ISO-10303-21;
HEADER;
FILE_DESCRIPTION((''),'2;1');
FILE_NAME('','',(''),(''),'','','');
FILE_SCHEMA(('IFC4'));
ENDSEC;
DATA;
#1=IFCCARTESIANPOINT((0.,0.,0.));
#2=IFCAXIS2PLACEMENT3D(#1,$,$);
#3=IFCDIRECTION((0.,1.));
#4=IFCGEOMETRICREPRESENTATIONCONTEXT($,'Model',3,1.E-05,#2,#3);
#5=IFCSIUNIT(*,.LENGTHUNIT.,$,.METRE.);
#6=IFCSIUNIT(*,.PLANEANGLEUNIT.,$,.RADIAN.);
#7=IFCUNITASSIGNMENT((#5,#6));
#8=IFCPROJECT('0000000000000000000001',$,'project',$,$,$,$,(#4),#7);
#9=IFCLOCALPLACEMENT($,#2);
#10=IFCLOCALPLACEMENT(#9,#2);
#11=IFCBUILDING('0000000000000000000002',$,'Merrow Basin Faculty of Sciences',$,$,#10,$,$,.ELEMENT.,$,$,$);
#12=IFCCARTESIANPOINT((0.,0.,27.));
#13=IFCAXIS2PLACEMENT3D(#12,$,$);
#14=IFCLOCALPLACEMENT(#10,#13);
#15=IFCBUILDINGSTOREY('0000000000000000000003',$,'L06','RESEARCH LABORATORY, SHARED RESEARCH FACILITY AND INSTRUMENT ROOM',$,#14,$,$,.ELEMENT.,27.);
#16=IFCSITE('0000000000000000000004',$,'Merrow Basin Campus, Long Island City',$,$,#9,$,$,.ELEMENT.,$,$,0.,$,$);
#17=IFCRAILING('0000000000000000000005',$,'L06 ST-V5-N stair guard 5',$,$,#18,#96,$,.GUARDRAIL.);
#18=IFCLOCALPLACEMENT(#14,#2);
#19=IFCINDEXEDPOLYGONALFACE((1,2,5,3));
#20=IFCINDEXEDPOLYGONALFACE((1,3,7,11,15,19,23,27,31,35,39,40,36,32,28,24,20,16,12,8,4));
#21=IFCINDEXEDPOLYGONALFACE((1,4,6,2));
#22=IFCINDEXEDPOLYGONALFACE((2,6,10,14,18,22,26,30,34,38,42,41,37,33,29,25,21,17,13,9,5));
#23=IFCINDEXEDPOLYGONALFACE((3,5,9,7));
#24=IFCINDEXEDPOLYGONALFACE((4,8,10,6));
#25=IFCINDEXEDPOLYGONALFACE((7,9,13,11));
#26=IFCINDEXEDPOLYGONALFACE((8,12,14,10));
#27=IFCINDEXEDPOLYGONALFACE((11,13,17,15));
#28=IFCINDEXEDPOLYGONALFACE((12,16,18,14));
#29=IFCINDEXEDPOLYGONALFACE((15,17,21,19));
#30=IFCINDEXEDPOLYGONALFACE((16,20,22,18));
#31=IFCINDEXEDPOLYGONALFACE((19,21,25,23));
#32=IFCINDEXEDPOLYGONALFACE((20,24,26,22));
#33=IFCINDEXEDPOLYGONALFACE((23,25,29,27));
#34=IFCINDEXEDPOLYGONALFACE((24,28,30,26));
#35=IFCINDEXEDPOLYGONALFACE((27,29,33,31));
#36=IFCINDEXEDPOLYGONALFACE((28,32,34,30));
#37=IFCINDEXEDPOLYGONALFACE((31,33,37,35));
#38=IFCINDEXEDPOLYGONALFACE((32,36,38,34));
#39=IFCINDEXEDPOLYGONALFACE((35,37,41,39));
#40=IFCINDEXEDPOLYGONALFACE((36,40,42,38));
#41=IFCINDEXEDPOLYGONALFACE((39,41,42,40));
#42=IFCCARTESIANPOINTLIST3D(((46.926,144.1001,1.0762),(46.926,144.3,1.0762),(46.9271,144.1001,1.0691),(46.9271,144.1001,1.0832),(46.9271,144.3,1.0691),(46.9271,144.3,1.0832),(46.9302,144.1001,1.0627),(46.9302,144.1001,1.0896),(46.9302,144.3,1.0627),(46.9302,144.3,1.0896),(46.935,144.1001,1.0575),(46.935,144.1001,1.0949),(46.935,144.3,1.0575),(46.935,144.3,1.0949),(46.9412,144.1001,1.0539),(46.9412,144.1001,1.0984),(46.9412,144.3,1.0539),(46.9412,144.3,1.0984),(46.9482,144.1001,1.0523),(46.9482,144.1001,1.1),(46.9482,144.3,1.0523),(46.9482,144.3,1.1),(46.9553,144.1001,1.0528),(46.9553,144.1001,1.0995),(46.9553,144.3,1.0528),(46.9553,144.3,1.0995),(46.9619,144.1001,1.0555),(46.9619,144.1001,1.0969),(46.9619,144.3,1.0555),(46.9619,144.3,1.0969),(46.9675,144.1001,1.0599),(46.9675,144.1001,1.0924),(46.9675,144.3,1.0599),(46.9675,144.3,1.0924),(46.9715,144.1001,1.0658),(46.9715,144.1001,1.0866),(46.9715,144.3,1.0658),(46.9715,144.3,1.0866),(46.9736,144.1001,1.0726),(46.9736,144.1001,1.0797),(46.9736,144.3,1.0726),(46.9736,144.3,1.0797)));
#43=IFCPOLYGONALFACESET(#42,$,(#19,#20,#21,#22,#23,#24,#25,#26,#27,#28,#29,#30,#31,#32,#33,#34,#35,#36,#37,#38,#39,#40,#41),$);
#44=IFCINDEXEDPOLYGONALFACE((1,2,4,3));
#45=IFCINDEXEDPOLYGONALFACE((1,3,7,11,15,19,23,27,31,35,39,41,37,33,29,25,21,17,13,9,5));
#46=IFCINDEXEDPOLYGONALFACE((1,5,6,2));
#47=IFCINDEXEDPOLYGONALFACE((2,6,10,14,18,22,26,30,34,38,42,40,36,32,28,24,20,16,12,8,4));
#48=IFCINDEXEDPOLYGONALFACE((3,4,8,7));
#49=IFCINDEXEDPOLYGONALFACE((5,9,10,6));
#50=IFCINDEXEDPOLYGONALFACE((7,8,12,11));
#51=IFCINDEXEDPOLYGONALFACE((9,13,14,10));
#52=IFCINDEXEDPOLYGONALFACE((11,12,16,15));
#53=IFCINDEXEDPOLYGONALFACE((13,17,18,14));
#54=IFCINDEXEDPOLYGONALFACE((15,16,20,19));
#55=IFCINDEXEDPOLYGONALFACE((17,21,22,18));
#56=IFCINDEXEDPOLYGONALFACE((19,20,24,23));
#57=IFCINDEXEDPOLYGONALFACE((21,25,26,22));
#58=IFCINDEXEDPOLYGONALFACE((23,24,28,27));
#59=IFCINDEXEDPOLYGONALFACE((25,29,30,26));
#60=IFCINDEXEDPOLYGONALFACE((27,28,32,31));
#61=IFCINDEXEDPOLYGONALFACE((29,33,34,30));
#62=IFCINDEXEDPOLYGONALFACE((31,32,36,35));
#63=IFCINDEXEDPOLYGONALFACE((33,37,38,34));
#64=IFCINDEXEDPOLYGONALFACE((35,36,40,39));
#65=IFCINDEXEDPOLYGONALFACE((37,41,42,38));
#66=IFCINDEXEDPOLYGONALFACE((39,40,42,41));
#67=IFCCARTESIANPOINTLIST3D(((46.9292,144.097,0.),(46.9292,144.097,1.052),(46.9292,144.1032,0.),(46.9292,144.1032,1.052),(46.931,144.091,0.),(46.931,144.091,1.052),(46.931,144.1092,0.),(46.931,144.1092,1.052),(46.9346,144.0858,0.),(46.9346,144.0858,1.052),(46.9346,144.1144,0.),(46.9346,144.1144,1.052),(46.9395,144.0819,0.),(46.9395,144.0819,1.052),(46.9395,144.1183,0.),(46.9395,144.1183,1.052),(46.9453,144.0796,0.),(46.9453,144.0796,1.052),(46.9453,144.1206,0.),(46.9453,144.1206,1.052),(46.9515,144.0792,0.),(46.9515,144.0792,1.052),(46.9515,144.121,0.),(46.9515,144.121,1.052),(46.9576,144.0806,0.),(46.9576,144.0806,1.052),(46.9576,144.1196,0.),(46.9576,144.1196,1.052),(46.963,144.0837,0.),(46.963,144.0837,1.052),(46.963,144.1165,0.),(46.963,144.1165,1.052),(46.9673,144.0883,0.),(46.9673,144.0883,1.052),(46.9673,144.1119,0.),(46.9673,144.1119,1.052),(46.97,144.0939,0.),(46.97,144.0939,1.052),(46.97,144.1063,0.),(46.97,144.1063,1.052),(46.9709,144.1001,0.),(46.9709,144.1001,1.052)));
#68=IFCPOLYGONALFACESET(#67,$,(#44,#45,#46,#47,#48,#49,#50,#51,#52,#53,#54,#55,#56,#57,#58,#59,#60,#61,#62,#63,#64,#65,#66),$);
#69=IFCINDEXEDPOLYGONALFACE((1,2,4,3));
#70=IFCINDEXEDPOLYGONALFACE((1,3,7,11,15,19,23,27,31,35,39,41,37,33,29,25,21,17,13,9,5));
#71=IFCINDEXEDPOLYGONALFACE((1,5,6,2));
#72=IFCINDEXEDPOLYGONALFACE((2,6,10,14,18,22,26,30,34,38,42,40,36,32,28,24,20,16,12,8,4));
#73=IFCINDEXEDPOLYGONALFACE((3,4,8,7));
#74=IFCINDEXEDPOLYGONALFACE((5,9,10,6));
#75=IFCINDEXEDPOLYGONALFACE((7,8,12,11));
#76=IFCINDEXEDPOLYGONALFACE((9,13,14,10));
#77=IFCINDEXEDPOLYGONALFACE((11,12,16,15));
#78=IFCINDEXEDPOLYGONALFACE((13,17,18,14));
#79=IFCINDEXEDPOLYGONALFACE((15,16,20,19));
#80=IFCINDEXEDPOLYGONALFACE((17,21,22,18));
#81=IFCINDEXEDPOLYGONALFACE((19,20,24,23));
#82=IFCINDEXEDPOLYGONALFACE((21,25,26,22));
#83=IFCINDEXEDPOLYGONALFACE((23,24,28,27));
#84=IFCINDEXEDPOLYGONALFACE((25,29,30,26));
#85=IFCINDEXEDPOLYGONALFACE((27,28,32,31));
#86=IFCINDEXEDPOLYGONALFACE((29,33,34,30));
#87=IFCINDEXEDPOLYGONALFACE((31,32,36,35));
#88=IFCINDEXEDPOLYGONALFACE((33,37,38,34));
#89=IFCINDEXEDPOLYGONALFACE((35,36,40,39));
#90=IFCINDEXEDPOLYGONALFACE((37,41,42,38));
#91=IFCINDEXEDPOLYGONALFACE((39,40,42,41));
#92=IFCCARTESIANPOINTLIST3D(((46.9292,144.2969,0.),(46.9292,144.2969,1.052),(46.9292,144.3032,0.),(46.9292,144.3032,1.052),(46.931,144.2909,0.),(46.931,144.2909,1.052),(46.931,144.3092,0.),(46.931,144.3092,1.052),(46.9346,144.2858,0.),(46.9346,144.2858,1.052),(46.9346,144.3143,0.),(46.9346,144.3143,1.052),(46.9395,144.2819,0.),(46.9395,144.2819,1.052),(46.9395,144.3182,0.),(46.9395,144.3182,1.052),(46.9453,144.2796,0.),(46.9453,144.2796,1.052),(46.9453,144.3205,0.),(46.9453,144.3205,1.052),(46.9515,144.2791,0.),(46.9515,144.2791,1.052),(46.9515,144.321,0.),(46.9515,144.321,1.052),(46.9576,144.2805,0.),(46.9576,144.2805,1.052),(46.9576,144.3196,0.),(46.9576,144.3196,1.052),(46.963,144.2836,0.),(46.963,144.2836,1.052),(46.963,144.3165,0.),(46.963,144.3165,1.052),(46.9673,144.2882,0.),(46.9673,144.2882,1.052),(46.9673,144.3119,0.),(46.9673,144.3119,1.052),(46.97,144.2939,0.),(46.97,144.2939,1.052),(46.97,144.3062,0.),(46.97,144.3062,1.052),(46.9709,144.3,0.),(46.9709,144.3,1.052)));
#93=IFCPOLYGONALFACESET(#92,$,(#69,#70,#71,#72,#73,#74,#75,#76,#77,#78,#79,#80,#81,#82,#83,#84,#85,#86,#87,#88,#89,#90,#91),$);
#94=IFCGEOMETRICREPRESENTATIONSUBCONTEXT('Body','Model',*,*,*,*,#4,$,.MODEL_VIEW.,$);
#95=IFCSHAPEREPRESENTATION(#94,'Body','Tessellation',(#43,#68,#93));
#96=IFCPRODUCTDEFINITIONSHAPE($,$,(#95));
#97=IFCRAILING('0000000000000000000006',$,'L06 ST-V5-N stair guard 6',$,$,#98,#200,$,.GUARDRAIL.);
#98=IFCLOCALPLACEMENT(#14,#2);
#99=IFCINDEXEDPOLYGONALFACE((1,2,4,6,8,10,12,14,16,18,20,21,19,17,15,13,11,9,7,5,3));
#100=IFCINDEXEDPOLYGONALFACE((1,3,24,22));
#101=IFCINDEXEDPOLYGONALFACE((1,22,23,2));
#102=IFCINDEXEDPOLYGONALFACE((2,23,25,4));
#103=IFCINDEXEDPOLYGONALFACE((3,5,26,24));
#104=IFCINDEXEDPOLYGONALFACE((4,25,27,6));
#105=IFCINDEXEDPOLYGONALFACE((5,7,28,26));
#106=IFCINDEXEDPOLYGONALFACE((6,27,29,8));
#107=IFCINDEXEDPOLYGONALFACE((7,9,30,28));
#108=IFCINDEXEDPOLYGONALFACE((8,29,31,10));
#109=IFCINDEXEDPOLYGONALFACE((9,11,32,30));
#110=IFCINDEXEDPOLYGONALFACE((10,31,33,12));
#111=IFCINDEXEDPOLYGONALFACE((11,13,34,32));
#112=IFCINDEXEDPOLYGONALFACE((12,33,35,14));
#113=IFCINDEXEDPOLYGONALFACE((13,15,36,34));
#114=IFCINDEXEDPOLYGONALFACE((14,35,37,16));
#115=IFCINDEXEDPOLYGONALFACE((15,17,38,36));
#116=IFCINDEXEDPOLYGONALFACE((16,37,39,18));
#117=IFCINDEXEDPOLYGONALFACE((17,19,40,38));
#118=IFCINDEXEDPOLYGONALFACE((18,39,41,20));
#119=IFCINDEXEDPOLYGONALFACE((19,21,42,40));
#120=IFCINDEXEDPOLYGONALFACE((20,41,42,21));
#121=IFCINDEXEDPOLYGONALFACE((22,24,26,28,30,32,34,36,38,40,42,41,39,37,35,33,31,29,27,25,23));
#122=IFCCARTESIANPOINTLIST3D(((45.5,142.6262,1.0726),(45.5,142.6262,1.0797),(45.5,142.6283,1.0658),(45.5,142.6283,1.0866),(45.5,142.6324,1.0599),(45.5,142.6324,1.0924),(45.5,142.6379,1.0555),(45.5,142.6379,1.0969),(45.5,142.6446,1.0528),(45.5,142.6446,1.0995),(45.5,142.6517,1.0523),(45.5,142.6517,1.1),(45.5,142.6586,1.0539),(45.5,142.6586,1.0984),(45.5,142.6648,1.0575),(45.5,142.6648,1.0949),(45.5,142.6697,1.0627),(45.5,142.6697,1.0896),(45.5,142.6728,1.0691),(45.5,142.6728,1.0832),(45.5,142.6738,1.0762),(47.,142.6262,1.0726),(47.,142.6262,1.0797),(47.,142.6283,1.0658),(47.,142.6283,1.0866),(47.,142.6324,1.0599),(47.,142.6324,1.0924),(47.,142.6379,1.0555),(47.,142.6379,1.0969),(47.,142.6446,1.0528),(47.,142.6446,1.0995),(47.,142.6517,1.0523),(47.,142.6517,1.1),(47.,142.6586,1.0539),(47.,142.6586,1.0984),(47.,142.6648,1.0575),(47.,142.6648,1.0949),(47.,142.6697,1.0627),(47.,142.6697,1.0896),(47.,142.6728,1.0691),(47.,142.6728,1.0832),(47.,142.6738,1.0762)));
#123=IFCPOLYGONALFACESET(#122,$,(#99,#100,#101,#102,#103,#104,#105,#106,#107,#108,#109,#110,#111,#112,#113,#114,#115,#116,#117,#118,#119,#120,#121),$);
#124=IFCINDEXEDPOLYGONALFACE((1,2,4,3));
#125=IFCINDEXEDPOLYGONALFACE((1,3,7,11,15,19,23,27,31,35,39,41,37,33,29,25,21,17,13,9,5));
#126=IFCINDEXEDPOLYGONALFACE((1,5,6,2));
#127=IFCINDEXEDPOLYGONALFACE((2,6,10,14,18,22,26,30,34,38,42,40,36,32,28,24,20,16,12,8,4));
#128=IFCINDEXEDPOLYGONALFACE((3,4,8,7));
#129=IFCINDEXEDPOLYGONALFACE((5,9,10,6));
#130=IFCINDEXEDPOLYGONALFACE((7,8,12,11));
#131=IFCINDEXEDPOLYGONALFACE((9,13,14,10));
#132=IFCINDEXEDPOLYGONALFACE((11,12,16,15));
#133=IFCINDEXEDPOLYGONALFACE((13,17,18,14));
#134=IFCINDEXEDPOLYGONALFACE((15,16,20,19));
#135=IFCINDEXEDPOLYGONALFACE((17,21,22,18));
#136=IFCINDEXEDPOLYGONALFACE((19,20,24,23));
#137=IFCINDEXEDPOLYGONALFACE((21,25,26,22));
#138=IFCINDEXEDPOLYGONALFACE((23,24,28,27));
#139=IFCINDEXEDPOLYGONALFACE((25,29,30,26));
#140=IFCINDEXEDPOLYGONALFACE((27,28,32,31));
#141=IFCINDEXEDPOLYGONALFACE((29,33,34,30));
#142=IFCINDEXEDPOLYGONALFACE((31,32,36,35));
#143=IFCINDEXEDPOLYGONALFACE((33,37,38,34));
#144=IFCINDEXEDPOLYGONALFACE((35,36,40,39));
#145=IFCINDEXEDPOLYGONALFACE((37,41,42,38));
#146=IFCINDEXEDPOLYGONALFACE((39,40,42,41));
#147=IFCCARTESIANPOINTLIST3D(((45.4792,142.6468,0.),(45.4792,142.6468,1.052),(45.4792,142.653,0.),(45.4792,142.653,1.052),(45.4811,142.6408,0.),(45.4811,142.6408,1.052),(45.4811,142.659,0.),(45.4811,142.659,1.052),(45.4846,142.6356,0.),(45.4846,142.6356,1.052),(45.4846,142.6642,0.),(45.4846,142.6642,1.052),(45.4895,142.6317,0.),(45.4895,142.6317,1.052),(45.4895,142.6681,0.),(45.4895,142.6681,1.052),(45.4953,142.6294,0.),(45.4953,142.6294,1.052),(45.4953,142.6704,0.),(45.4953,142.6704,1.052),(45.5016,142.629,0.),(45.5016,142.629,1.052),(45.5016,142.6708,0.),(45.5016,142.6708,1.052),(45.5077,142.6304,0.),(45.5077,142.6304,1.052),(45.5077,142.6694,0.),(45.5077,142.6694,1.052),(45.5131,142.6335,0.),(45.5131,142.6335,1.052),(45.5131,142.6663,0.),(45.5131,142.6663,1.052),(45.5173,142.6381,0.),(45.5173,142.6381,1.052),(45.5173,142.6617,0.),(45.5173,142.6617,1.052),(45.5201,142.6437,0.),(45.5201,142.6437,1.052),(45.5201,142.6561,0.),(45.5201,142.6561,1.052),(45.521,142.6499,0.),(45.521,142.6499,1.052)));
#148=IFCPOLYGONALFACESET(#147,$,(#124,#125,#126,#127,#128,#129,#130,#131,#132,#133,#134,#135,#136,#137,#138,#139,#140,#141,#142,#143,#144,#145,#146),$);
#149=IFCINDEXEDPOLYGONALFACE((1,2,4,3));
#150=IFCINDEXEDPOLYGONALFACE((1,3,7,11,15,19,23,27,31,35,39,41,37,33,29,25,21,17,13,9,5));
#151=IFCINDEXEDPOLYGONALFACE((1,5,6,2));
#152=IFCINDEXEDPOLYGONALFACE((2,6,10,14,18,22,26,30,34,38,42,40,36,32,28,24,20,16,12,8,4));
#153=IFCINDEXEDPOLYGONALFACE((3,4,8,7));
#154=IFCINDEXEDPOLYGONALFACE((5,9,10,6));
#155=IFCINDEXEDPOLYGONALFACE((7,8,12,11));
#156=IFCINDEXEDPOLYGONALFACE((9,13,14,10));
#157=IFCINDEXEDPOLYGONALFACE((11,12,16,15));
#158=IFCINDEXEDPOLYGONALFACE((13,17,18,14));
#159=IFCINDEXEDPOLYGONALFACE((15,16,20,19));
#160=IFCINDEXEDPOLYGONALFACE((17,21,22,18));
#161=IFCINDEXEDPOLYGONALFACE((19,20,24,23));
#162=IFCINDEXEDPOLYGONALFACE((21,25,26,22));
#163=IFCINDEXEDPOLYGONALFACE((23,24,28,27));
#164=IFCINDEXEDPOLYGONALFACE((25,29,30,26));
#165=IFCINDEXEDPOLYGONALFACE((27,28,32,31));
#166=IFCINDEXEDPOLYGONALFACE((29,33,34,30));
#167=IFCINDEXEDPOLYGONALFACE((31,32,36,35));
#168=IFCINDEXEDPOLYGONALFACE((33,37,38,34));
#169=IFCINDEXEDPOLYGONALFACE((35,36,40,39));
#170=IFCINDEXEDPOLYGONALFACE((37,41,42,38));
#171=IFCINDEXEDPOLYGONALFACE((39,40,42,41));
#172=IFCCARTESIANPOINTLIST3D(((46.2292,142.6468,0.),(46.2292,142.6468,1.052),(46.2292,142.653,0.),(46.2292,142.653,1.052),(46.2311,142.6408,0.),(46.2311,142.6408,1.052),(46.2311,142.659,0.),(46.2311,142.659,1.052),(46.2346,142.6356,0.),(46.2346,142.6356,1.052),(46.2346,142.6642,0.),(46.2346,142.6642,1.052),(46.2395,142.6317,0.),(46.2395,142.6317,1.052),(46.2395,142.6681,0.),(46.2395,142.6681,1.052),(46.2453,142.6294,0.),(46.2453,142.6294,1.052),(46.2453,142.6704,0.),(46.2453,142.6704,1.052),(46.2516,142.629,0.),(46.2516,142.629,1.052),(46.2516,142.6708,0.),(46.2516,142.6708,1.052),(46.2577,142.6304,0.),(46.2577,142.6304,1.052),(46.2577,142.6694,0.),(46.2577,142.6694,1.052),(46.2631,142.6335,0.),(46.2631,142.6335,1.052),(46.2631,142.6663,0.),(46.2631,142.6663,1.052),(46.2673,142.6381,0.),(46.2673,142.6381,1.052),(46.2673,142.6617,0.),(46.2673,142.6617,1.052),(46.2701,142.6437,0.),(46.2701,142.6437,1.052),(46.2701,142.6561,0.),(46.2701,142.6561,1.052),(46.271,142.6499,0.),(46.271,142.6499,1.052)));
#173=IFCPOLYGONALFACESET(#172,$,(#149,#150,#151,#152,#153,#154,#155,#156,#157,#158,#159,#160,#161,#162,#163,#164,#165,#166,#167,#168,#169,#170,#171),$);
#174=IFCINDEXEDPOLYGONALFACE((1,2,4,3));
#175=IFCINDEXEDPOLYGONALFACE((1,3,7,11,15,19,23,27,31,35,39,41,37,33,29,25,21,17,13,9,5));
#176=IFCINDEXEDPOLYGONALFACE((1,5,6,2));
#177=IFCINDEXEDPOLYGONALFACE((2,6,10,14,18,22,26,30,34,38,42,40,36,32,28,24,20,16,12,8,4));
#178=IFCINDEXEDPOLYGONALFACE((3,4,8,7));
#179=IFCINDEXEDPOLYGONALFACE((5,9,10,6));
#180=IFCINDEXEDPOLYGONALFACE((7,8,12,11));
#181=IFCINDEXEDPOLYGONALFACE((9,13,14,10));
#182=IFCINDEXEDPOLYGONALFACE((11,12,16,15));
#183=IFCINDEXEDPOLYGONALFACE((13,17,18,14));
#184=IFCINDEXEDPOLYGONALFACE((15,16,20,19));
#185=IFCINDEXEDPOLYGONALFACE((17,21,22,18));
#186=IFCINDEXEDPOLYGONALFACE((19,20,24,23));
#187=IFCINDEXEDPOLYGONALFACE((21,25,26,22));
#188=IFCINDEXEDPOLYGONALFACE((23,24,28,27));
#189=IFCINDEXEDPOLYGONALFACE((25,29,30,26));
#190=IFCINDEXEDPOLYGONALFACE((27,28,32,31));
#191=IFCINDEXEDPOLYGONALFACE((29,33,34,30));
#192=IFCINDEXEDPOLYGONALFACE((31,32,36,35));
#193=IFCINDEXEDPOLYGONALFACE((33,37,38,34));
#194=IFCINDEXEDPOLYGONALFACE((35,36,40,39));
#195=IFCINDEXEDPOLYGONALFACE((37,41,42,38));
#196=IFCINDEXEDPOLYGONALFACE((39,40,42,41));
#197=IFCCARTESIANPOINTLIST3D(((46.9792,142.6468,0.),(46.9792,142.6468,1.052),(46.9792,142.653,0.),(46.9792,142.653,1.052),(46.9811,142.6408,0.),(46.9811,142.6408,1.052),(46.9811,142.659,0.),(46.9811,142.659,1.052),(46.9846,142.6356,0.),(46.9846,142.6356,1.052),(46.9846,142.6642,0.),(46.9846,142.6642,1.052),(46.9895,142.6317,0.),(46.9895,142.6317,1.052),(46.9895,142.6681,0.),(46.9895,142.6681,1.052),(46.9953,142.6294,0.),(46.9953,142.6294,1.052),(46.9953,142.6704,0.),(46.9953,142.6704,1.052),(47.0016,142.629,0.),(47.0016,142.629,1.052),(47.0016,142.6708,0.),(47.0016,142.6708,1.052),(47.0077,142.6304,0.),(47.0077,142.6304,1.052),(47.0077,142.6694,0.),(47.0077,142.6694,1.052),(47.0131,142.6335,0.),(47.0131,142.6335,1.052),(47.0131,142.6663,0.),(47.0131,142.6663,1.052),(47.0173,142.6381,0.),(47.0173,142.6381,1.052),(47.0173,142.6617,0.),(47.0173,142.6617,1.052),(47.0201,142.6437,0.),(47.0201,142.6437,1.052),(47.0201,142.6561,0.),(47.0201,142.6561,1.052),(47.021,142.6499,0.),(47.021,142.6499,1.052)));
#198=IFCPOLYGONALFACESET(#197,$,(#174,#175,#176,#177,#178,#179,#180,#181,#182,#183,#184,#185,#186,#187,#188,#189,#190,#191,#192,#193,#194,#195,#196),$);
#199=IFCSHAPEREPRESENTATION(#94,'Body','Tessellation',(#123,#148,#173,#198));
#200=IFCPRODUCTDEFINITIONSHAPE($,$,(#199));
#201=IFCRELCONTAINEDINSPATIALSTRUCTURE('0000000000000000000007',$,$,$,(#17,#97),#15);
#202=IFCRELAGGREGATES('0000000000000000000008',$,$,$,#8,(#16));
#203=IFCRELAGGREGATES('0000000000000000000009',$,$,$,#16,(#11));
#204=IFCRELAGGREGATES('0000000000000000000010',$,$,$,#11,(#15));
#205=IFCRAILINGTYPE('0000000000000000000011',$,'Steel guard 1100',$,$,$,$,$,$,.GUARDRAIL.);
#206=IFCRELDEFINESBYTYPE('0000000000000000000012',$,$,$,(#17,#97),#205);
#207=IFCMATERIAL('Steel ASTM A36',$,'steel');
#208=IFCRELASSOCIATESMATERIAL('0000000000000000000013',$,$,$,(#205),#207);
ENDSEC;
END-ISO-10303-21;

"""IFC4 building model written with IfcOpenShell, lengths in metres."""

from ifc_helpers import new_model, si_unit, direction, frame, origin, origin_2d, place, context, subcontext, project, spatial, circle, extrude, material, type_object, element, save


model = new_model("IFC4")

# Units and contexts
model_context = context("Model", 3, precision=1e-05, world=origin(), true_north=direction((0.0, 1.0)))
body_context = subcontext(model_context, "Body", "Model", "MODEL_VIEW")
ifc_project = project(units=[si_unit("LENGTHUNIT", "METRE"), si_unit("PLANEANGLEUNIT", "RADIAN")], contexts=[model_context])

# Site, building, storey
site_placement = place(None, origin())
site = spatial("IfcSite", under=ifc_project, at=site_placement, Name="Merrow Basin Campus, Long Island City", CompositionType="ELEMENT", RefElevation=0.0)
building_placement = place(site_placement, origin())
building = spatial("IfcBuilding", under=site, at=building_placement, Name="Merrow Basin Faculty of Sciences", CompositionType="ELEMENT")
storey_placement = place(building_placement, frame((0.0, 0.0, 27.0)))
storey = spatial("IfcBuildingStorey", under=building, at=storey_placement, Name="L06", Description="RESEARCH LABORATORY, SHARED RESEARCH FACILITY AND INSTRUMENT ROOM", CompositionType="ELEMENT", Elevation=27.0)

# Railings
ifc_material_1 = material(Name="Steel ASTM A36", Category="steel")
railing_type_1 = type_object("IfcRailingType", Name="Steel guard 1100", PredefinedType="GUARDRAIL", material=ifc_material_1)
railing_1_placement = place(storey_placement, frame((46.95, 144.1001, 0.0)))
element("IfcRailing", 1, at=railing_1_placement, inside=storey, type_object=railing_type_1, Name="L06 ST-V5-N stair guard 5", PredefinedType="GUARDRAIL", context=body_context, shape_type="SweptSolid", body=[
    extrude(circle(Radius=0.0239, at=origin_2d()), frame((0.0, 0.0, 1.0762), z_axis=(0.0, 1.0, 0.0), x_axis=(-1.0, 0.0, 0.0)), (0.0, 0.0, 1.0), 0.2),
    extrude(circle(Radius=0.021, at=origin_2d()), origin(), (0.0, 0.0, 1.0), 1.052),
    extrude(circle(Radius=0.021, at=origin_2d()), frame((0.0, 0.2, 0.0)), (0.0, 0.0, 1.0), 1.052),
])
railing_2_placement = place(storey_placement, frame((45.5, 142.6499, 0.0)))
element("IfcRailing", 2, at=railing_2_placement, inside=storey, type_object=railing_type_1, Name="L06 ST-V5-N stair guard 6", PredefinedType="GUARDRAIL", context=body_context, shape_type="SweptSolid", body=[
    extrude(circle(Radius=0.0239, at=origin_2d()), frame((0.0, 0.0, 1.0762), z_axis=(1.0, 0.0, 0.0), x_axis=(0.0, 1.0, 0.0)), (0.0, 0.0, 1.0), 1.5),
    extrude(circle(Radius=0.021, at=origin_2d()), origin(), (0.0, 0.0, 1.0), 1.052),
    extrude(circle(Radius=0.021, at=origin_2d()), frame((0.75, 0.0, 0.0)), (0.0, 0.0, 1.0), 1.052),
    extrude(circle(Radius=0.021, at=origin_2d()), frame((1.5, 0.0, 0.0)), (0.0, 0.0, 1.0), 1.052),
])

save(model, "model.ifc")
